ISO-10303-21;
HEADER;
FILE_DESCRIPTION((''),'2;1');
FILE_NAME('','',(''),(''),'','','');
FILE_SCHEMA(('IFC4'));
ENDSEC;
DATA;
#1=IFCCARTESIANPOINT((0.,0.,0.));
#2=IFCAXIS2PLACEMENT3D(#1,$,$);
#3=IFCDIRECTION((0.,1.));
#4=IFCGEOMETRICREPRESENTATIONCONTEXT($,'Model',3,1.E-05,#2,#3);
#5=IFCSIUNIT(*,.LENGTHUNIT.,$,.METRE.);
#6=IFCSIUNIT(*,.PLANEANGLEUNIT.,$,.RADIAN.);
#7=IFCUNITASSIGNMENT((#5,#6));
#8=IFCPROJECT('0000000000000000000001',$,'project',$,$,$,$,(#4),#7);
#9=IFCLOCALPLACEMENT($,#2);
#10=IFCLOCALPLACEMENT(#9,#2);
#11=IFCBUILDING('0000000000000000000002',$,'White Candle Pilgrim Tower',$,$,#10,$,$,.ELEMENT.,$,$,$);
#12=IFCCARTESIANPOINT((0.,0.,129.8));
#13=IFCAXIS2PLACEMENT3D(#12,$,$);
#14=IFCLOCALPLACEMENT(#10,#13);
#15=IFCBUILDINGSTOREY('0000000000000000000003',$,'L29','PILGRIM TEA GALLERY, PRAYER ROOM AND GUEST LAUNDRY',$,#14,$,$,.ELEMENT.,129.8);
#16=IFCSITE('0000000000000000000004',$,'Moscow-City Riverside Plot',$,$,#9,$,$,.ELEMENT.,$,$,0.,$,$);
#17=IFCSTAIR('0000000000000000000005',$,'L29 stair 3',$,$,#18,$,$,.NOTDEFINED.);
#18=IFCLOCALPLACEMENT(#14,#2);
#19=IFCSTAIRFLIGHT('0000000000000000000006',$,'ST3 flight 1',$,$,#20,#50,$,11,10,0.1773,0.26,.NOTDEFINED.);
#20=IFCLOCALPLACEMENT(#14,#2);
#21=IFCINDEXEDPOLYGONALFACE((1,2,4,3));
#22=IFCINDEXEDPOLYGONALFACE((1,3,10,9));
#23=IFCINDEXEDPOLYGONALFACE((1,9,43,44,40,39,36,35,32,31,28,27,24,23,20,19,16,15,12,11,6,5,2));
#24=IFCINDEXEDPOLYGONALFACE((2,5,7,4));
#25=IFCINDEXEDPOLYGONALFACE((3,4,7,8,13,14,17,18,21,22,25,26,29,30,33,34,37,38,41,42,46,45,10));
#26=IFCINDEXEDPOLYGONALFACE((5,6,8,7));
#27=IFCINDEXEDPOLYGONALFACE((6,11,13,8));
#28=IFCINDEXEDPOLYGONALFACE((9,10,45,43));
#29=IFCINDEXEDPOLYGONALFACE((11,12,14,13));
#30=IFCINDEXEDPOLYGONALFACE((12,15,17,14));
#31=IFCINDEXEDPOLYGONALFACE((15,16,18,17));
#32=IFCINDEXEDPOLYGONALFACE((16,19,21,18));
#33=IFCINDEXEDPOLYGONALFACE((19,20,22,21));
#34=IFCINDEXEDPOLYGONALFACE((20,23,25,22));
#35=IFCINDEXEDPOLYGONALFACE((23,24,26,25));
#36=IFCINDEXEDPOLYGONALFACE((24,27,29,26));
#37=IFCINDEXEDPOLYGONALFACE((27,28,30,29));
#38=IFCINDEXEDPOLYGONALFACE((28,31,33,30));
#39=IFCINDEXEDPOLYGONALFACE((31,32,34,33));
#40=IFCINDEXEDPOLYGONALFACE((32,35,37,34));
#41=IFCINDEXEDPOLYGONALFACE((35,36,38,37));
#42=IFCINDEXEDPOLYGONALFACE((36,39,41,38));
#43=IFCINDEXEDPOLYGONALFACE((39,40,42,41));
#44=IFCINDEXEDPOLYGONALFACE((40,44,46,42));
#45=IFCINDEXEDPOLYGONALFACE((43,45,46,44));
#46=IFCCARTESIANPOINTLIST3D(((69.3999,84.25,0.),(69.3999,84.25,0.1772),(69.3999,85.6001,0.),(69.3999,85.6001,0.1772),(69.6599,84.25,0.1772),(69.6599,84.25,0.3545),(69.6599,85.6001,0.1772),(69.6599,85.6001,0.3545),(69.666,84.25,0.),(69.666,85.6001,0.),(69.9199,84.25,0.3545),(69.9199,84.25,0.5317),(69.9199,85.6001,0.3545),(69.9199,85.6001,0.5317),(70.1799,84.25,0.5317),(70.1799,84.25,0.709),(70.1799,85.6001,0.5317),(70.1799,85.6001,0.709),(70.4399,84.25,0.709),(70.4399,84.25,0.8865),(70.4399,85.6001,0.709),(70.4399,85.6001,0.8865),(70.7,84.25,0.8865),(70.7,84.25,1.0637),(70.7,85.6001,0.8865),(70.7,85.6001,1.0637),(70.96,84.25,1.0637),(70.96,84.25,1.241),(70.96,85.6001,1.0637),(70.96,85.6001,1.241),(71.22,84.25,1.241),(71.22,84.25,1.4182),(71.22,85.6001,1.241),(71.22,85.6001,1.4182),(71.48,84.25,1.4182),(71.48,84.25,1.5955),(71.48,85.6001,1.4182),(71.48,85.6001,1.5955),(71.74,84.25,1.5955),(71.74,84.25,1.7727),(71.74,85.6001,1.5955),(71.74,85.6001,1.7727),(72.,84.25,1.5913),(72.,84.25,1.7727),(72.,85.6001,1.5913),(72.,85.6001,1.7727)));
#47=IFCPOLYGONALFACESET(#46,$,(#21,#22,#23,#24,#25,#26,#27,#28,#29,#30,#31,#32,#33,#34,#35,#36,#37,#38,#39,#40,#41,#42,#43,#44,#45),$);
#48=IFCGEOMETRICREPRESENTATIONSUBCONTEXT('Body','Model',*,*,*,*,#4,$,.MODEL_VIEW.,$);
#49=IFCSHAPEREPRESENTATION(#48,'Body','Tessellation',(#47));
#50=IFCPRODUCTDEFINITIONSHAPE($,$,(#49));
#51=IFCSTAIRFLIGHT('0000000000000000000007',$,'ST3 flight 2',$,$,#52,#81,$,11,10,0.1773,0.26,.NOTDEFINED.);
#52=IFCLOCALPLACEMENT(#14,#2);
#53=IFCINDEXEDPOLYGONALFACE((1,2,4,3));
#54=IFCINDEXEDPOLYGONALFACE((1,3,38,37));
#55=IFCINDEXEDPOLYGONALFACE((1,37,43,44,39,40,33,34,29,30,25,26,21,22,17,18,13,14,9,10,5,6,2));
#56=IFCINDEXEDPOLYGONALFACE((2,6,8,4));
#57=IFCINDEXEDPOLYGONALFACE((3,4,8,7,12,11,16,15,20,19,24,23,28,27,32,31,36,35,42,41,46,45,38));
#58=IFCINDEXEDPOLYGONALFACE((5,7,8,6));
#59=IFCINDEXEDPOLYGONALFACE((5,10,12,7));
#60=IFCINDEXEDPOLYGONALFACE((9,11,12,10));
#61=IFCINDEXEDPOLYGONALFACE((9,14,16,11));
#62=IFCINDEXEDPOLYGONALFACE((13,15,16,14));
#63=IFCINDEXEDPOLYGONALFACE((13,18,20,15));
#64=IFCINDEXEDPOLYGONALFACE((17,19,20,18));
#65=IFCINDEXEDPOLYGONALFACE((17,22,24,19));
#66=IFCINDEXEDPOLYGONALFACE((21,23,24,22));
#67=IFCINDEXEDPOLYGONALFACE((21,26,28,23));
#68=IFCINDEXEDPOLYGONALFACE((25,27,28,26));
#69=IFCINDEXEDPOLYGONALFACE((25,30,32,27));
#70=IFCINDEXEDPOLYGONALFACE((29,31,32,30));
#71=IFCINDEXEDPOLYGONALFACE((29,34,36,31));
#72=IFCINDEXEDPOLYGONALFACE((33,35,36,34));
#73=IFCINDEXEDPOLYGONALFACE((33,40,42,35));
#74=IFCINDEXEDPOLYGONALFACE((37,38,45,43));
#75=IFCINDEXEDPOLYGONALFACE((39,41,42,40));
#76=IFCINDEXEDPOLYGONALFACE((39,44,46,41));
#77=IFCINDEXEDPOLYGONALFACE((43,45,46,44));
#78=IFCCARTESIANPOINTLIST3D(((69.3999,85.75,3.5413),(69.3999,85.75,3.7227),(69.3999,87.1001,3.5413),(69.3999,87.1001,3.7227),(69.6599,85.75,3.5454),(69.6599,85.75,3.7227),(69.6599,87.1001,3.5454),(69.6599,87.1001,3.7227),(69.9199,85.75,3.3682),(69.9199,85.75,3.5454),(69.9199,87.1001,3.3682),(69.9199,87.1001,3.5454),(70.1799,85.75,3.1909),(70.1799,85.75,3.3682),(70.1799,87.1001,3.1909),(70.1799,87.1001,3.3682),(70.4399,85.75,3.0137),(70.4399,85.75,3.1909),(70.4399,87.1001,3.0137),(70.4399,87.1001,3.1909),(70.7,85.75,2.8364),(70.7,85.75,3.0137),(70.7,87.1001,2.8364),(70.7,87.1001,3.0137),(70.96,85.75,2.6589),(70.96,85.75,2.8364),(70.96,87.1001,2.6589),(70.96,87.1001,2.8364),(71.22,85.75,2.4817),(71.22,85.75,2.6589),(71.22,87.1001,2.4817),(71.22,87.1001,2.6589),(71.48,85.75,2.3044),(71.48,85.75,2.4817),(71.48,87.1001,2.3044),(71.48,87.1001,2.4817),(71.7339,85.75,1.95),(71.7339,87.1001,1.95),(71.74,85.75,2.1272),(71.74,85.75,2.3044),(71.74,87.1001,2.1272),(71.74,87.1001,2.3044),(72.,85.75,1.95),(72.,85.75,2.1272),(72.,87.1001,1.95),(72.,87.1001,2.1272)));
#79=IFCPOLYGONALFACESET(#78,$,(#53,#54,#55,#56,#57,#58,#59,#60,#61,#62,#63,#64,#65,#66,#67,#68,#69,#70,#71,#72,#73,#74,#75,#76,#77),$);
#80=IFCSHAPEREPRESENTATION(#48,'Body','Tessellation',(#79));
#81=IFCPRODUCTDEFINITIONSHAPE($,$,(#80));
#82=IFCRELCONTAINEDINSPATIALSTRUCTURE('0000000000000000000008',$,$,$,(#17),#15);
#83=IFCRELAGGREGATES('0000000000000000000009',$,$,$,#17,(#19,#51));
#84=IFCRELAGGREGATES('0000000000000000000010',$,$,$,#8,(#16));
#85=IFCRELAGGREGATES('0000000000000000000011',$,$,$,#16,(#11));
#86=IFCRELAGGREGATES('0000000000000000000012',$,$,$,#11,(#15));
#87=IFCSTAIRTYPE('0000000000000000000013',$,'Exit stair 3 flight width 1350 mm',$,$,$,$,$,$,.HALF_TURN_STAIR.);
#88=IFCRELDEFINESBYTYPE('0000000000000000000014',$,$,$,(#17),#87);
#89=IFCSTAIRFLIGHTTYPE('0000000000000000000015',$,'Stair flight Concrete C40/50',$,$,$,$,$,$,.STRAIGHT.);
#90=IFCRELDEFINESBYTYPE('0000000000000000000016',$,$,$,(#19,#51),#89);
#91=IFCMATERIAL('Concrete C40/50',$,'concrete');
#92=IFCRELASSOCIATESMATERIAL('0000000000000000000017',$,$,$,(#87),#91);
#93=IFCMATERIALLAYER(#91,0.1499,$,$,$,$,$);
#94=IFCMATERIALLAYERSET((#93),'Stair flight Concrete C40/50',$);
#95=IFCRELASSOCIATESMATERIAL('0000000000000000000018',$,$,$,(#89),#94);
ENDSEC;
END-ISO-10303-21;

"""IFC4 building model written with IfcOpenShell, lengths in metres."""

from ifc_helpers import new_model, si_unit, direction, frame, origin, place, context, subcontext, project, spatial, polyline, outline, extrude, material, layer, layer_set, type_object, element, aggregate, save


model = new_model("IFC4")

# Units and contexts
model_context = context("Model", 3, precision=1e-05, world=origin(), true_north=direction((0.0, 1.0)))
body_context = subcontext(model_context, "Body", "Model", "MODEL_VIEW")
ifc_project = project(units=[si_unit("LENGTHUNIT", "METRE"), si_unit("PLANEANGLEUNIT", "RADIAN")], contexts=[model_context])

# Site, building, storey
site_placement = place(None, origin())
site = spatial("IfcSite", under=ifc_project, at=site_placement, Name="Moscow-City Riverside Plot", CompositionType="ELEMENT", RefElevation=0.0)
building_placement = place(site_placement, origin())
building = spatial("IfcBuilding", under=site, at=building_placement, Name="White Candle Pilgrim Tower", CompositionType="ELEMENT")
storey_placement = place(building_placement, frame((0.0, 0.0, 129.8)))
storey = spatial("IfcBuildingStorey", under=building, at=storey_placement, Name="L29", Description="PILGRIM TEA GALLERY, PRAYER ROOM AND GUEST LAUNDRY", CompositionType="ELEMENT", Elevation=129.8)

# Stair, stair flights
ifc_material_1 = material(Name="Concrete C40/50", Category="concrete")
stair_type = type_object("IfcStairType", Name="Exit stair 3 flight width 1350 mm", PredefinedType="HALF_TURN_STAIR", material=ifc_material_1)
stair_placement = place(storey_placement, origin())
stair = element("IfcStair", 1, at=stair_placement, inside=storey, type_object=stair_type, Name="L29 stair 3", PredefinedType="NOTDEFINED")
ifc_layer_1 = layer(ifc_material_1, 0.1499)
ifc_layer_set_1 = layer_set([ifc_layer_1], Name="Stair flight Concrete C40/50")
stair_flight_type = type_object("IfcStairFlightType", Name="Stair flight Concrete C40/50", PredefinedType="STRAIGHT", material=ifc_layer_set_1)
stair_flight_1_placement = place(storey_placement, frame((69.3999, 84.925, 0.0), z_axis=(0.0, 0.0, 1.0), x_axis=(1.0, 0.0, 0.0)))
stair_flight_1 = element("IfcStairFlight", 2, at=stair_flight_1_placement, type_object=stair_flight_type, Name="ST3 flight 1", NumberOfRisers=11, NumberOfTreads=10, PredefinedType="NOTDEFINED", RiserHeight=0.1773, TreadLength=0.26, context=body_context, shape_type="SweptSolid", body=[
    extrude(outline(polyline([(0.0, 0.0), (0.0, 0.1772), (0.26, 0.1772), (0.26, 0.3545), (0.52, 0.3545), (0.52, 0.5317), (0.78, 0.5317), (0.78, 0.709), (1.04, 0.709), (1.04, 0.8865), (1.3, 0.8865), (1.3, 1.0637), (1.5601, 1.0637), (1.5601, 1.241), (1.8201, 1.241), (1.8201, 1.4182), (2.0801, 1.4182), (2.0801, 1.5955), (2.3401, 1.5955), (2.3401, 1.7727), (2.6001, 1.7727), (2.6001, 1.95), (2.6001, 1.5913), (0.2661, 0.0), (0.0, 0.0)])), frame((0.0, 0.675, 0.0), z_axis=(0.0, -1.0, 0.0), x_axis=(1.0, 0.0, 0.0)), (0.0, 0.0, 1.0), 1.3501),
])
stair_flight_2_placement = place(storey_placement, frame((72.0, 86.425, 1.95), z_axis=(0.0, 0.0, 1.0), x_axis=(-1.0, 0.0, 0.0)))
stair_flight_2 = element("IfcStairFlight", 3, at=stair_flight_2_placement, type_object=stair_flight_type, Name="ST3 flight 2", NumberOfRisers=11, NumberOfTreads=10, PredefinedType="NOTDEFINED", RiserHeight=0.1773, TreadLength=0.26, context=body_context, shape_type="SweptSolid", body=[
    extrude(outline(polyline([(0.0, 0.0), (0.0, 0.1772), (0.26, 0.1772), (0.26, 0.3545), (0.52, 0.3545), (0.52, 0.5317), (0.78, 0.5317), (0.78, 0.709), (1.04, 0.709), (1.04, 0.8865), (1.3, 0.8865), (1.3, 1.0637), (1.5601, 1.0637), (1.5601, 1.241), (1.8201, 1.241), (1.8201, 1.4182), (2.0801, 1.4182), (2.0801, 1.5955), (2.3401, 1.5955), (2.3401, 1.7727), (2.6001, 1.7727), (2.6001, 1.95), (2.6001, 1.5913), (0.2661, 0.0), (0.0, 0.0)])), frame((0.0, 0.675, 0.0), z_axis=(0.0, -1.0, 0.0), x_axis=(1.0, 0.0, 0.0)), (0.0, 0.0, 1.0), 1.3501),
])
aggregate(stair, [stair_flight_1, stair_flight_2])

save(model, "model.ifc")
